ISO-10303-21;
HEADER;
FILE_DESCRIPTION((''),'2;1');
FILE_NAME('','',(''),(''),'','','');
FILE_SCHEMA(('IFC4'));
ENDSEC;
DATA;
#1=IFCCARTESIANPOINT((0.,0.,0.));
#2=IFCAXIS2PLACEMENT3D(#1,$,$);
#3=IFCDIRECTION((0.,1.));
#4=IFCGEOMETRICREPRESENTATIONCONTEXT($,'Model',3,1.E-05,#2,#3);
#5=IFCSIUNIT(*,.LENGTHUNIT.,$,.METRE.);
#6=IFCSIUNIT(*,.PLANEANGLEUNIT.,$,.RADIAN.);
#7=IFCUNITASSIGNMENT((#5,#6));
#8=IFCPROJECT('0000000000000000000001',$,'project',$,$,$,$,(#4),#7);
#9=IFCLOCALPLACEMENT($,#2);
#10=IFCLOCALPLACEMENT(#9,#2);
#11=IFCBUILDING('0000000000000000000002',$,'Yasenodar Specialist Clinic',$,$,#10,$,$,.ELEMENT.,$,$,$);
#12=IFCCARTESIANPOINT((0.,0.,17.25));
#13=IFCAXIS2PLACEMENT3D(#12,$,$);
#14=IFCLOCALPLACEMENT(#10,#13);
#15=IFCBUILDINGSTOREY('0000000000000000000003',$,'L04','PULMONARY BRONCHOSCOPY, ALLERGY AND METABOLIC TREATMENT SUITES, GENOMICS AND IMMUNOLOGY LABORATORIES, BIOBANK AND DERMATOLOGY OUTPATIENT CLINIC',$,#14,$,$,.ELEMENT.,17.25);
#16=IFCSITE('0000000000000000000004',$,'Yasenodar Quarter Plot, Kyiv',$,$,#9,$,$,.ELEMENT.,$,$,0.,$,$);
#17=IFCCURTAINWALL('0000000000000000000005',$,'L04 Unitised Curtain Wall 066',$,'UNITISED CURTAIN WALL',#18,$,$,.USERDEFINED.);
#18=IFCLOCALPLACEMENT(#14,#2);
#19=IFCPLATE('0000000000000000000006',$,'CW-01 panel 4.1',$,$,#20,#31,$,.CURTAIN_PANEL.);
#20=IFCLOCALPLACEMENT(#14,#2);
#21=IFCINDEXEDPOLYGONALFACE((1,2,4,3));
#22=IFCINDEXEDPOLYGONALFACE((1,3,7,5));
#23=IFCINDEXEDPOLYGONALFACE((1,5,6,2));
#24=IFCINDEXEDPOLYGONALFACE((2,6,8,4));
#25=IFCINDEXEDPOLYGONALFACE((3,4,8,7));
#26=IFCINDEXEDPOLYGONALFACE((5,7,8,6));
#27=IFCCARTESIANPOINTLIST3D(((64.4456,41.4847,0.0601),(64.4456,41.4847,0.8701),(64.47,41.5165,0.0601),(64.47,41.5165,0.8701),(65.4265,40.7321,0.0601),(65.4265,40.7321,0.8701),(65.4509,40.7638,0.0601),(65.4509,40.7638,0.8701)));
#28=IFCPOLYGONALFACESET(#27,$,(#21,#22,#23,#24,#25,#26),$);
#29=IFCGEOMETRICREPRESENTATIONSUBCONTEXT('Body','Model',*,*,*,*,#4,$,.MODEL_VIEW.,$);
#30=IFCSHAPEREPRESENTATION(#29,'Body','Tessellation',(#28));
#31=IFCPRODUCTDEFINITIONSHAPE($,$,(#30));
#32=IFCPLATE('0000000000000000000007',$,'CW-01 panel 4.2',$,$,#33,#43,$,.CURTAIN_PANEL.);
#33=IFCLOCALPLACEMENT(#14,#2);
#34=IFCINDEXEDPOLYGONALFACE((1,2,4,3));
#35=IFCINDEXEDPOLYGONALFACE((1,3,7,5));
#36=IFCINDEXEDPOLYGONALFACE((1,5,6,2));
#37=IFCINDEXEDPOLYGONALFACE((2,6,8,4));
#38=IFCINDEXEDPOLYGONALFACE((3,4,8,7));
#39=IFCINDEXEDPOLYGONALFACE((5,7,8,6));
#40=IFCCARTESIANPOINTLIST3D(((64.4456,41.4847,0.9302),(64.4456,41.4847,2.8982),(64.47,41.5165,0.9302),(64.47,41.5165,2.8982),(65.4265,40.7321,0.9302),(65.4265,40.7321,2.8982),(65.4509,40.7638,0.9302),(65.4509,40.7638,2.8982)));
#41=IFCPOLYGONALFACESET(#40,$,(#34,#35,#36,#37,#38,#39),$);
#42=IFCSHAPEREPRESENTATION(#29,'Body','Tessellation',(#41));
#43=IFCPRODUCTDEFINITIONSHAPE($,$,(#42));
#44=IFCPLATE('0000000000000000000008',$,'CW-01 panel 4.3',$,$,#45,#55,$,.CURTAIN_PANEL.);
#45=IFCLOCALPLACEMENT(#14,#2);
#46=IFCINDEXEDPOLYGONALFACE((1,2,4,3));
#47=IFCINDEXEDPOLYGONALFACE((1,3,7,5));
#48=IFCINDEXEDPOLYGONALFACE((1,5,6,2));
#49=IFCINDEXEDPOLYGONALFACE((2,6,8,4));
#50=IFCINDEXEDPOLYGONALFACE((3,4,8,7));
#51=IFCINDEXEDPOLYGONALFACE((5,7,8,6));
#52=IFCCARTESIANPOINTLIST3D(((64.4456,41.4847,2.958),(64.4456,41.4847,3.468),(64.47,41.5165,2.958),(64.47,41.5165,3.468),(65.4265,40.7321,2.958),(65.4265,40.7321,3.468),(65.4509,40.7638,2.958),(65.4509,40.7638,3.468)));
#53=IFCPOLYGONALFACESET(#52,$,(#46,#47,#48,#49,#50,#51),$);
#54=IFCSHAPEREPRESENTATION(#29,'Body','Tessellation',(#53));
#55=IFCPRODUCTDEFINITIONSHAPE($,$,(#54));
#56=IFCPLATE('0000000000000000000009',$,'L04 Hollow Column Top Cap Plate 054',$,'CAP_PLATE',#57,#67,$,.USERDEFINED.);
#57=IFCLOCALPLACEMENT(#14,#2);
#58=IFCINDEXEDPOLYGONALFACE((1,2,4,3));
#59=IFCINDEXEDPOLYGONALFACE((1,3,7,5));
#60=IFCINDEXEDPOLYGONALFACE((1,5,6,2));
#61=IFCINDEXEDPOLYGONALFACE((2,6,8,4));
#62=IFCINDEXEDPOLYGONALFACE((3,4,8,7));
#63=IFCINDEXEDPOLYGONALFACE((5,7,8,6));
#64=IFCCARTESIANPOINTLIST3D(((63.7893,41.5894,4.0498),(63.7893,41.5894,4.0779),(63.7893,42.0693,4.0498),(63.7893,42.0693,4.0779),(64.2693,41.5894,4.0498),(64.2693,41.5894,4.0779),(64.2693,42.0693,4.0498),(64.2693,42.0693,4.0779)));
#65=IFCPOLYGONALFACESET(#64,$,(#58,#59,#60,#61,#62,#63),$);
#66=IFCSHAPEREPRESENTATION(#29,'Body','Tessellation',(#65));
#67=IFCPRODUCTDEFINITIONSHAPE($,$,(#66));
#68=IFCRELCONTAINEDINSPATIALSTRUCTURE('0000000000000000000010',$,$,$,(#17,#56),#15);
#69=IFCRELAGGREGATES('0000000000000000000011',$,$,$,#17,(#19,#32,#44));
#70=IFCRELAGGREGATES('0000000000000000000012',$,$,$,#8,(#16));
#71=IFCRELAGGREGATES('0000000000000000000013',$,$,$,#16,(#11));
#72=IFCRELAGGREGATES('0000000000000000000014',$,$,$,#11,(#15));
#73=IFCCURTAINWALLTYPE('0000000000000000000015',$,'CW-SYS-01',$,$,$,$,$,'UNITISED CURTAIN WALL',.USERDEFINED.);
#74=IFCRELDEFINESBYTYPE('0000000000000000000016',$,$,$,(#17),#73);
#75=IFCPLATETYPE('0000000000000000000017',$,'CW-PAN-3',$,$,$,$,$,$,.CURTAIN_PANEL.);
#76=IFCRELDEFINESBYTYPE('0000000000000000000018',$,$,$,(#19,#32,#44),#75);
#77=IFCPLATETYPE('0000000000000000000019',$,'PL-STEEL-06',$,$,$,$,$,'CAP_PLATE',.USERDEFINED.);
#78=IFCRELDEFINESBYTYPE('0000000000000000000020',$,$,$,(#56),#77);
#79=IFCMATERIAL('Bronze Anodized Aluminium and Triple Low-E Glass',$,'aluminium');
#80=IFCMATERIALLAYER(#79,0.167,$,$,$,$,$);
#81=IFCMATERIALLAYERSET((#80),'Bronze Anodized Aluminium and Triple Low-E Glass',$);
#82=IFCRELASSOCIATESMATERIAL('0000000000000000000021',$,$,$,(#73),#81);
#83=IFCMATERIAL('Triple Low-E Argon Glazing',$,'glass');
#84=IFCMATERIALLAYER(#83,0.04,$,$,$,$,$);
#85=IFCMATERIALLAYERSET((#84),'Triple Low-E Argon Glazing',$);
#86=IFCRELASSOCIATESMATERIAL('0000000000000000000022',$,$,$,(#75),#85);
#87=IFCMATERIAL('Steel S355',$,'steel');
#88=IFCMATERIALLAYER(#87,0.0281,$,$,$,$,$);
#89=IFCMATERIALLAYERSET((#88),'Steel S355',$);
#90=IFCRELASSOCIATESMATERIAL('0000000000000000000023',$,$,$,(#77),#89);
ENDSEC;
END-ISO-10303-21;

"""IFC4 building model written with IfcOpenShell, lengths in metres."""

from ifc_helpers import new_model, si_unit, direction, frame, origin, origin_2d, place, context, subcontext, project, spatial, rectangle, extrude, material, layer, layer_set, type_object, element, aggregate, save


model = new_model("IFC4")

# Units and contexts
model_context = context("Model", 3, precision=1e-05, world=origin(), true_north=direction((0.0, 1.0)))
body_context = subcontext(model_context, "Body", "Model", "MODEL_VIEW")
ifc_project = project(units=[si_unit("LENGTHUNIT", "METRE"), si_unit("PLANEANGLEUNIT", "RADIAN")], contexts=[model_context])

# Site, building, storey
site_placement = place(None, origin())
site = spatial("IfcSite", under=ifc_project, at=site_placement, Name="Yasenodar Quarter Plot, Kyiv", CompositionType="ELEMENT", RefElevation=0.0)
building_placement = place(site_placement, origin())
building = spatial("IfcBuilding", under=site, at=building_placement, Name="Yasenodar Specialist Clinic", CompositionType="ELEMENT")
storey_placement = place(building_placement, frame((0.0, 0.0, 17.25)))
storey = spatial("IfcBuildingStorey", under=building, at=storey_placement, Name="L04", Description="PULMONARY BRONCHOSCOPY, ALLERGY AND METABOLIC TREATMENT SUITES, GENOMICS AND IMMUNOLOGY LABORATORIES, BIOBANK AND DERMATOLOGY OUTPATIENT CLINIC", CompositionType="ELEMENT", Elevation=17.25)

# Shared definitions
ifc_material_1 = material(Name="Steel S355", Category="steel")

# Curtain wall
ifc_material_2 = material(Name="Bronze Anodized Aluminium and Triple Low-E Glass", Category="aluminium")
ifc_layer_1 = layer(ifc_material_2, 0.167)
ifc_layer_set_1 = layer_set([ifc_layer_1], Name="Bronze Anodized Aluminium and Triple Low-E Glass")
curtain_wall_type = type_object("IfcCurtainWallType", Name="CW-SYS-01", ElementType="UNITISED CURTAIN WALL", PredefinedType="USERDEFINED", material=ifc_layer_set_1)
curtain_wall_1_placement = place(storey_placement, origin())
curtain_wall_1 = element("IfcCurtainWall", 1, at=curtain_wall_1_placement, inside=storey, type_object=curtain_wall_type, Name="L04 Unitised Curtain Wall 066", ObjectType="UNITISED CURTAIN WALL", PredefinedType="USERDEFINED")

# Plates
ifc_material_3 = material(Name="Triple Low-E Argon Glazing", Category="glass")
ifc_layer_2 = layer(ifc_material_3, 0.04)
ifc_layer_set_2 = layer_set([ifc_layer_2], Name="Triple Low-E Argon Glazing")
plate_type_1 = type_object("IfcPlateType", Name="CW-PAN-3", PredefinedType="CURTAIN_PANEL", material=ifc_layer_set_2)
plate_1_placement = place(storey_placement, frame((64.9482, 41.1243, 0.0601), z_axis=(0.0, 0.0, 1.0), x_axis=(-0.793361, 0.608752, 0.0)))
plate_1 = element("IfcPlate", 2, at=plate_1_placement, type_object=plate_type_1, Name="CW-01 panel 4.1", PredefinedType="CURTAIN_PANEL", context=body_context, shape_type="SweptSolid", body=[
    extrude(rectangle(XDim=1.2363, YDim=0.04, at=origin_2d()), origin(), (0.0, 0.0, 1.0), 0.8101),
])
plate_2_placement = place(storey_placement, frame((64.9482, 41.1243, 0.9302), z_axis=(0.0, 0.0, 1.0), x_axis=(-0.793361, 0.608752, 0.0)))
plate_2 = element("IfcPlate", 3, at=plate_2_placement, type_object=plate_type_1, Name="CW-01 panel 4.2", PredefinedType="CURTAIN_PANEL", context=body_context, shape_type="SweptSolid", body=[
    extrude(rectangle(XDim=1.2363, YDim=0.04, at=origin_2d()), origin(), (0.0, 0.0, 1.0), 1.968),
])
plate_3_placement = place(storey_placement, frame((64.9482, 41.1243, 2.958), z_axis=(0.0, 0.0, 1.0), x_axis=(-0.793361, 0.608752, 0.0)))
plate_3 = element("IfcPlate", 4, at=plate_3_placement, type_object=plate_type_1, Name="CW-01 panel 4.3", PredefinedType="CURTAIN_PANEL", context=body_context, shape_type="SweptSolid", body=[
    extrude(rectangle(XDim=1.2363, YDim=0.04, at=origin_2d()), origin(), (0.0, 0.0, 1.0), 0.51),
])
aggregate(curtain_wall_1, [plate_1, plate_2, plate_3])
ifc_layer_3 = layer(ifc_material_1, 0.0281)
ifc_layer_set_3 = layer_set([ifc_layer_3], Name="Steel S355")
plate_type_2 = type_object("IfcPlateType", Name="PL-STEEL-06", ElementType="CAP_PLATE", PredefinedType="USERDEFINED", material=ifc_layer_set_3)
plate_4_placement = place(storey_placement, frame((64.0293, 41.8293, 4.0498), z_axis=(0.0, 0.0, 1.0), x_axis=(1.0, 0.0, 0.0)))
element("IfcPlate", 5, at=plate_4_placement, inside=storey, type_object=plate_type_2, Name="L04 Hollow Column Top Cap Plate 054", ObjectType="CAP_PLATE", PredefinedType="USERDEFINED", context=body_context, shape_type="SweptSolid", body=[
    extrude(rectangle(XDim=0.48, YDim=0.48, at=origin_2d()), origin(), (0.0, 0.0, 1.0), 0.0281),
])

save(model, "model.ifc")
